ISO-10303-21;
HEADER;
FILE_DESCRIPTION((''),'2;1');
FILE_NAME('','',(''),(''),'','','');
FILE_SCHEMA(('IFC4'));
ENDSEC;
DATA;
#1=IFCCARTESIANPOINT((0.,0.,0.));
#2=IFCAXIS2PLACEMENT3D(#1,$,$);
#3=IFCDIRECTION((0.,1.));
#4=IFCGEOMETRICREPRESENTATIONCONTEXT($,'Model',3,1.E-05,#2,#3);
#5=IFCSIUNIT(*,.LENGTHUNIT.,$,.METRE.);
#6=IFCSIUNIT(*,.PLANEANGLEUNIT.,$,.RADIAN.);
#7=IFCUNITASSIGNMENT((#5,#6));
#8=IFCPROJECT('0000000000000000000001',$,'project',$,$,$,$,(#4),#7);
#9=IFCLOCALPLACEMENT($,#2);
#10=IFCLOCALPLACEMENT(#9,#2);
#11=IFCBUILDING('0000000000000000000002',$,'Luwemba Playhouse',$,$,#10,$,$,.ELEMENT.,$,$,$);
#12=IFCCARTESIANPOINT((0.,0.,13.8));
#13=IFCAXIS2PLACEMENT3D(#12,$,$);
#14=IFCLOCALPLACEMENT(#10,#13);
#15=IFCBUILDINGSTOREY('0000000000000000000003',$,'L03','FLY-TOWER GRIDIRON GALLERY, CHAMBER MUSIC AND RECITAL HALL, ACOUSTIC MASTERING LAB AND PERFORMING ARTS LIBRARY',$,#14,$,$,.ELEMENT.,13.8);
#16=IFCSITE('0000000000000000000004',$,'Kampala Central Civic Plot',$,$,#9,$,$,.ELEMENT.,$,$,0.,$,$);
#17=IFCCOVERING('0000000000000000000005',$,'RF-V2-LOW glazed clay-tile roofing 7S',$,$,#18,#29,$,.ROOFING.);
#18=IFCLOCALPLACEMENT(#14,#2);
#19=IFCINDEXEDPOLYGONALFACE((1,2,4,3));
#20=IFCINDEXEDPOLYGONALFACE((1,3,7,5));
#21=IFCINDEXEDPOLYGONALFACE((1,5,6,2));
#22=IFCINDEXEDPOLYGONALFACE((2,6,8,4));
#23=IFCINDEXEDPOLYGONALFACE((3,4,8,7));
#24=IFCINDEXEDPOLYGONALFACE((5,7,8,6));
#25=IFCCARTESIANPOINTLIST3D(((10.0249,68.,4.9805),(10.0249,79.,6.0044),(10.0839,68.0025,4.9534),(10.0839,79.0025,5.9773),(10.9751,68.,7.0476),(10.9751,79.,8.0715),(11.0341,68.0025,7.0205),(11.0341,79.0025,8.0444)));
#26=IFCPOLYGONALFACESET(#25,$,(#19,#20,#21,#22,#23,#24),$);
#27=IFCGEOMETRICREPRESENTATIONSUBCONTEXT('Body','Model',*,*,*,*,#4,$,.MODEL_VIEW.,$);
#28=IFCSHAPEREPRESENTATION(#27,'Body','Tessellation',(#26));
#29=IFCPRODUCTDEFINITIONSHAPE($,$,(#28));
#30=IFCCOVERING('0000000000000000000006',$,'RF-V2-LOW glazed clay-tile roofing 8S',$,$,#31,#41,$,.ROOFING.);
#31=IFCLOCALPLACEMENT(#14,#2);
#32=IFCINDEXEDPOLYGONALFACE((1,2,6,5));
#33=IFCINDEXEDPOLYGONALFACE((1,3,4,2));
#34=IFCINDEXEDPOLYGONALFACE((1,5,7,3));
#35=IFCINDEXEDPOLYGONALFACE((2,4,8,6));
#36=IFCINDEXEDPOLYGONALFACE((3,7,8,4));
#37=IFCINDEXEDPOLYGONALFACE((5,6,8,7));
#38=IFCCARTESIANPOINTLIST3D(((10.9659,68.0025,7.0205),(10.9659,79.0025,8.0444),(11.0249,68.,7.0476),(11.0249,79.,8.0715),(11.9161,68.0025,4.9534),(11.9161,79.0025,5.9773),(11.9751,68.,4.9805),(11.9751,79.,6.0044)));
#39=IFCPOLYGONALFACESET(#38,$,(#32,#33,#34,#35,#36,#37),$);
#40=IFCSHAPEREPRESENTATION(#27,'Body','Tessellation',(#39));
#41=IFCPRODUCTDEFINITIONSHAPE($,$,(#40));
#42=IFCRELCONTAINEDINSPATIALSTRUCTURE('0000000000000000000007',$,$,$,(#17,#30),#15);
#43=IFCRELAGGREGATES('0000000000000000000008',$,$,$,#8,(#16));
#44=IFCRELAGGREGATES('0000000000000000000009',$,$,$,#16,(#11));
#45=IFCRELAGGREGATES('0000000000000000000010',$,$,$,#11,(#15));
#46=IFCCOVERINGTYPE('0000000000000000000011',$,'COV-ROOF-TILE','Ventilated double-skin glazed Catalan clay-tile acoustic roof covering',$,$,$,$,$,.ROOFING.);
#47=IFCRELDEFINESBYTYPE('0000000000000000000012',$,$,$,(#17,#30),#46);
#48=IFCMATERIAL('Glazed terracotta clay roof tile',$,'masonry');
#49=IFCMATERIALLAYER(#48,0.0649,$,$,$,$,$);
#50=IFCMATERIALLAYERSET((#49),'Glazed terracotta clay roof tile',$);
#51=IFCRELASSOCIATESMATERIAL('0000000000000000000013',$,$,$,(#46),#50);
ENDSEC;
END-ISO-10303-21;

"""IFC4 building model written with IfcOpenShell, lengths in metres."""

from ifc_helpers import new_model, si_unit, direction, frame, origin, place, context, subcontext, project, spatial, polyline, outline, extrude, material, layer, layer_set, type_object, element, save


model = new_model("IFC4")

# Units and contexts
model_context = context("Model", 3, precision=1e-05, world=origin(), true_north=direction((0.0, 1.0)))
body_context = subcontext(model_context, "Body", "Model", "MODEL_VIEW")
ifc_project = project(units=[si_unit("LENGTHUNIT", "METRE"), si_unit("PLANEANGLEUNIT", "RADIAN")], contexts=[model_context])

# Site, building, storey
site_placement = place(None, origin())
site = spatial("IfcSite", under=ifc_project, at=site_placement, Name="Kampala Central Civic Plot", CompositionType="ELEMENT", RefElevation=0.0)
building_placement = place(site_placement, origin())
building = spatial("IfcBuilding", under=site, at=building_placement, Name="Luwemba Playhouse", CompositionType="ELEMENT")
storey_placement = place(building_placement, frame((0.0, 0.0, 13.8)))
storey = spatial("IfcBuildingStorey", under=building, at=storey_placement, Name="L03", Description="FLY-TOWER GRIDIRON GALLERY, CHAMBER MUSIC AND RECITAL HALL, ACOUSTIC MASTERING LAB AND PERFORMING ARTS LIBRARY", CompositionType="ELEMENT", Elevation=13.8)

# Coverings
ifc_material_1 = material(Name="Glazed terracotta clay roof tile", Category="masonry")
ifc_layer_1 = layer(ifc_material_1, 0.0649)
ifc_layer_set_1 = layer_set([ifc_layer_1], Name="Glazed terracotta clay roof tile")
covering_type = type_object("IfcCoveringType", Name="COV-ROOF-TILE", Description="Ventilated double-skin glazed Catalan clay-tile acoustic roof covering", PredefinedType="ROOFING", material=ifc_layer_set_1)
covering_1_placement = place(storey_placement, frame((10.0249, 68.0, 4.9805), z_axis=(-0.907919, -0.038848, 0.417341), x_axis=(0.417656, 0.0, 0.908605)))
element("IfcCovering", 1, at=covering_1_placement, inside=storey, type_object=covering_type, Name="RF-V2-LOW glazed clay-tile roofing 7S", PredefinedType="ROOFING", context=body_context, shape_type="SweptSolid", body=[
    extrude(outline(polyline([(0.0, 0.0), (2.2751, 0.0), (3.2054, 11.0083), (0.9303, 11.0083), (0.0, 0.0)])), origin(), (0.0, 0.0, -1.0), 0.0649),
])
covering_2_placement = place(storey_placement, frame((11.0249, 68.0, 7.0476), z_axis=(0.907919, -0.038848, 0.417341), x_axis=(0.417656, 0.0, -0.908605)))
element("IfcCovering", 2, at=covering_2_placement, inside=storey, type_object=covering_type, Name="RF-V2-LOW glazed clay-tile roofing 8S", PredefinedType="ROOFING", context=body_context, shape_type="SweptSolid", body=[
    extrude(outline(polyline([(0.0, 0.0), (2.2751, 0.0), (1.3447, 11.0083), (-0.9303, 11.0083), (0.0, 0.0)])), origin(), (0.0, 0.0, -1.0), 0.0649),
])

save(model, "model.ifc")
